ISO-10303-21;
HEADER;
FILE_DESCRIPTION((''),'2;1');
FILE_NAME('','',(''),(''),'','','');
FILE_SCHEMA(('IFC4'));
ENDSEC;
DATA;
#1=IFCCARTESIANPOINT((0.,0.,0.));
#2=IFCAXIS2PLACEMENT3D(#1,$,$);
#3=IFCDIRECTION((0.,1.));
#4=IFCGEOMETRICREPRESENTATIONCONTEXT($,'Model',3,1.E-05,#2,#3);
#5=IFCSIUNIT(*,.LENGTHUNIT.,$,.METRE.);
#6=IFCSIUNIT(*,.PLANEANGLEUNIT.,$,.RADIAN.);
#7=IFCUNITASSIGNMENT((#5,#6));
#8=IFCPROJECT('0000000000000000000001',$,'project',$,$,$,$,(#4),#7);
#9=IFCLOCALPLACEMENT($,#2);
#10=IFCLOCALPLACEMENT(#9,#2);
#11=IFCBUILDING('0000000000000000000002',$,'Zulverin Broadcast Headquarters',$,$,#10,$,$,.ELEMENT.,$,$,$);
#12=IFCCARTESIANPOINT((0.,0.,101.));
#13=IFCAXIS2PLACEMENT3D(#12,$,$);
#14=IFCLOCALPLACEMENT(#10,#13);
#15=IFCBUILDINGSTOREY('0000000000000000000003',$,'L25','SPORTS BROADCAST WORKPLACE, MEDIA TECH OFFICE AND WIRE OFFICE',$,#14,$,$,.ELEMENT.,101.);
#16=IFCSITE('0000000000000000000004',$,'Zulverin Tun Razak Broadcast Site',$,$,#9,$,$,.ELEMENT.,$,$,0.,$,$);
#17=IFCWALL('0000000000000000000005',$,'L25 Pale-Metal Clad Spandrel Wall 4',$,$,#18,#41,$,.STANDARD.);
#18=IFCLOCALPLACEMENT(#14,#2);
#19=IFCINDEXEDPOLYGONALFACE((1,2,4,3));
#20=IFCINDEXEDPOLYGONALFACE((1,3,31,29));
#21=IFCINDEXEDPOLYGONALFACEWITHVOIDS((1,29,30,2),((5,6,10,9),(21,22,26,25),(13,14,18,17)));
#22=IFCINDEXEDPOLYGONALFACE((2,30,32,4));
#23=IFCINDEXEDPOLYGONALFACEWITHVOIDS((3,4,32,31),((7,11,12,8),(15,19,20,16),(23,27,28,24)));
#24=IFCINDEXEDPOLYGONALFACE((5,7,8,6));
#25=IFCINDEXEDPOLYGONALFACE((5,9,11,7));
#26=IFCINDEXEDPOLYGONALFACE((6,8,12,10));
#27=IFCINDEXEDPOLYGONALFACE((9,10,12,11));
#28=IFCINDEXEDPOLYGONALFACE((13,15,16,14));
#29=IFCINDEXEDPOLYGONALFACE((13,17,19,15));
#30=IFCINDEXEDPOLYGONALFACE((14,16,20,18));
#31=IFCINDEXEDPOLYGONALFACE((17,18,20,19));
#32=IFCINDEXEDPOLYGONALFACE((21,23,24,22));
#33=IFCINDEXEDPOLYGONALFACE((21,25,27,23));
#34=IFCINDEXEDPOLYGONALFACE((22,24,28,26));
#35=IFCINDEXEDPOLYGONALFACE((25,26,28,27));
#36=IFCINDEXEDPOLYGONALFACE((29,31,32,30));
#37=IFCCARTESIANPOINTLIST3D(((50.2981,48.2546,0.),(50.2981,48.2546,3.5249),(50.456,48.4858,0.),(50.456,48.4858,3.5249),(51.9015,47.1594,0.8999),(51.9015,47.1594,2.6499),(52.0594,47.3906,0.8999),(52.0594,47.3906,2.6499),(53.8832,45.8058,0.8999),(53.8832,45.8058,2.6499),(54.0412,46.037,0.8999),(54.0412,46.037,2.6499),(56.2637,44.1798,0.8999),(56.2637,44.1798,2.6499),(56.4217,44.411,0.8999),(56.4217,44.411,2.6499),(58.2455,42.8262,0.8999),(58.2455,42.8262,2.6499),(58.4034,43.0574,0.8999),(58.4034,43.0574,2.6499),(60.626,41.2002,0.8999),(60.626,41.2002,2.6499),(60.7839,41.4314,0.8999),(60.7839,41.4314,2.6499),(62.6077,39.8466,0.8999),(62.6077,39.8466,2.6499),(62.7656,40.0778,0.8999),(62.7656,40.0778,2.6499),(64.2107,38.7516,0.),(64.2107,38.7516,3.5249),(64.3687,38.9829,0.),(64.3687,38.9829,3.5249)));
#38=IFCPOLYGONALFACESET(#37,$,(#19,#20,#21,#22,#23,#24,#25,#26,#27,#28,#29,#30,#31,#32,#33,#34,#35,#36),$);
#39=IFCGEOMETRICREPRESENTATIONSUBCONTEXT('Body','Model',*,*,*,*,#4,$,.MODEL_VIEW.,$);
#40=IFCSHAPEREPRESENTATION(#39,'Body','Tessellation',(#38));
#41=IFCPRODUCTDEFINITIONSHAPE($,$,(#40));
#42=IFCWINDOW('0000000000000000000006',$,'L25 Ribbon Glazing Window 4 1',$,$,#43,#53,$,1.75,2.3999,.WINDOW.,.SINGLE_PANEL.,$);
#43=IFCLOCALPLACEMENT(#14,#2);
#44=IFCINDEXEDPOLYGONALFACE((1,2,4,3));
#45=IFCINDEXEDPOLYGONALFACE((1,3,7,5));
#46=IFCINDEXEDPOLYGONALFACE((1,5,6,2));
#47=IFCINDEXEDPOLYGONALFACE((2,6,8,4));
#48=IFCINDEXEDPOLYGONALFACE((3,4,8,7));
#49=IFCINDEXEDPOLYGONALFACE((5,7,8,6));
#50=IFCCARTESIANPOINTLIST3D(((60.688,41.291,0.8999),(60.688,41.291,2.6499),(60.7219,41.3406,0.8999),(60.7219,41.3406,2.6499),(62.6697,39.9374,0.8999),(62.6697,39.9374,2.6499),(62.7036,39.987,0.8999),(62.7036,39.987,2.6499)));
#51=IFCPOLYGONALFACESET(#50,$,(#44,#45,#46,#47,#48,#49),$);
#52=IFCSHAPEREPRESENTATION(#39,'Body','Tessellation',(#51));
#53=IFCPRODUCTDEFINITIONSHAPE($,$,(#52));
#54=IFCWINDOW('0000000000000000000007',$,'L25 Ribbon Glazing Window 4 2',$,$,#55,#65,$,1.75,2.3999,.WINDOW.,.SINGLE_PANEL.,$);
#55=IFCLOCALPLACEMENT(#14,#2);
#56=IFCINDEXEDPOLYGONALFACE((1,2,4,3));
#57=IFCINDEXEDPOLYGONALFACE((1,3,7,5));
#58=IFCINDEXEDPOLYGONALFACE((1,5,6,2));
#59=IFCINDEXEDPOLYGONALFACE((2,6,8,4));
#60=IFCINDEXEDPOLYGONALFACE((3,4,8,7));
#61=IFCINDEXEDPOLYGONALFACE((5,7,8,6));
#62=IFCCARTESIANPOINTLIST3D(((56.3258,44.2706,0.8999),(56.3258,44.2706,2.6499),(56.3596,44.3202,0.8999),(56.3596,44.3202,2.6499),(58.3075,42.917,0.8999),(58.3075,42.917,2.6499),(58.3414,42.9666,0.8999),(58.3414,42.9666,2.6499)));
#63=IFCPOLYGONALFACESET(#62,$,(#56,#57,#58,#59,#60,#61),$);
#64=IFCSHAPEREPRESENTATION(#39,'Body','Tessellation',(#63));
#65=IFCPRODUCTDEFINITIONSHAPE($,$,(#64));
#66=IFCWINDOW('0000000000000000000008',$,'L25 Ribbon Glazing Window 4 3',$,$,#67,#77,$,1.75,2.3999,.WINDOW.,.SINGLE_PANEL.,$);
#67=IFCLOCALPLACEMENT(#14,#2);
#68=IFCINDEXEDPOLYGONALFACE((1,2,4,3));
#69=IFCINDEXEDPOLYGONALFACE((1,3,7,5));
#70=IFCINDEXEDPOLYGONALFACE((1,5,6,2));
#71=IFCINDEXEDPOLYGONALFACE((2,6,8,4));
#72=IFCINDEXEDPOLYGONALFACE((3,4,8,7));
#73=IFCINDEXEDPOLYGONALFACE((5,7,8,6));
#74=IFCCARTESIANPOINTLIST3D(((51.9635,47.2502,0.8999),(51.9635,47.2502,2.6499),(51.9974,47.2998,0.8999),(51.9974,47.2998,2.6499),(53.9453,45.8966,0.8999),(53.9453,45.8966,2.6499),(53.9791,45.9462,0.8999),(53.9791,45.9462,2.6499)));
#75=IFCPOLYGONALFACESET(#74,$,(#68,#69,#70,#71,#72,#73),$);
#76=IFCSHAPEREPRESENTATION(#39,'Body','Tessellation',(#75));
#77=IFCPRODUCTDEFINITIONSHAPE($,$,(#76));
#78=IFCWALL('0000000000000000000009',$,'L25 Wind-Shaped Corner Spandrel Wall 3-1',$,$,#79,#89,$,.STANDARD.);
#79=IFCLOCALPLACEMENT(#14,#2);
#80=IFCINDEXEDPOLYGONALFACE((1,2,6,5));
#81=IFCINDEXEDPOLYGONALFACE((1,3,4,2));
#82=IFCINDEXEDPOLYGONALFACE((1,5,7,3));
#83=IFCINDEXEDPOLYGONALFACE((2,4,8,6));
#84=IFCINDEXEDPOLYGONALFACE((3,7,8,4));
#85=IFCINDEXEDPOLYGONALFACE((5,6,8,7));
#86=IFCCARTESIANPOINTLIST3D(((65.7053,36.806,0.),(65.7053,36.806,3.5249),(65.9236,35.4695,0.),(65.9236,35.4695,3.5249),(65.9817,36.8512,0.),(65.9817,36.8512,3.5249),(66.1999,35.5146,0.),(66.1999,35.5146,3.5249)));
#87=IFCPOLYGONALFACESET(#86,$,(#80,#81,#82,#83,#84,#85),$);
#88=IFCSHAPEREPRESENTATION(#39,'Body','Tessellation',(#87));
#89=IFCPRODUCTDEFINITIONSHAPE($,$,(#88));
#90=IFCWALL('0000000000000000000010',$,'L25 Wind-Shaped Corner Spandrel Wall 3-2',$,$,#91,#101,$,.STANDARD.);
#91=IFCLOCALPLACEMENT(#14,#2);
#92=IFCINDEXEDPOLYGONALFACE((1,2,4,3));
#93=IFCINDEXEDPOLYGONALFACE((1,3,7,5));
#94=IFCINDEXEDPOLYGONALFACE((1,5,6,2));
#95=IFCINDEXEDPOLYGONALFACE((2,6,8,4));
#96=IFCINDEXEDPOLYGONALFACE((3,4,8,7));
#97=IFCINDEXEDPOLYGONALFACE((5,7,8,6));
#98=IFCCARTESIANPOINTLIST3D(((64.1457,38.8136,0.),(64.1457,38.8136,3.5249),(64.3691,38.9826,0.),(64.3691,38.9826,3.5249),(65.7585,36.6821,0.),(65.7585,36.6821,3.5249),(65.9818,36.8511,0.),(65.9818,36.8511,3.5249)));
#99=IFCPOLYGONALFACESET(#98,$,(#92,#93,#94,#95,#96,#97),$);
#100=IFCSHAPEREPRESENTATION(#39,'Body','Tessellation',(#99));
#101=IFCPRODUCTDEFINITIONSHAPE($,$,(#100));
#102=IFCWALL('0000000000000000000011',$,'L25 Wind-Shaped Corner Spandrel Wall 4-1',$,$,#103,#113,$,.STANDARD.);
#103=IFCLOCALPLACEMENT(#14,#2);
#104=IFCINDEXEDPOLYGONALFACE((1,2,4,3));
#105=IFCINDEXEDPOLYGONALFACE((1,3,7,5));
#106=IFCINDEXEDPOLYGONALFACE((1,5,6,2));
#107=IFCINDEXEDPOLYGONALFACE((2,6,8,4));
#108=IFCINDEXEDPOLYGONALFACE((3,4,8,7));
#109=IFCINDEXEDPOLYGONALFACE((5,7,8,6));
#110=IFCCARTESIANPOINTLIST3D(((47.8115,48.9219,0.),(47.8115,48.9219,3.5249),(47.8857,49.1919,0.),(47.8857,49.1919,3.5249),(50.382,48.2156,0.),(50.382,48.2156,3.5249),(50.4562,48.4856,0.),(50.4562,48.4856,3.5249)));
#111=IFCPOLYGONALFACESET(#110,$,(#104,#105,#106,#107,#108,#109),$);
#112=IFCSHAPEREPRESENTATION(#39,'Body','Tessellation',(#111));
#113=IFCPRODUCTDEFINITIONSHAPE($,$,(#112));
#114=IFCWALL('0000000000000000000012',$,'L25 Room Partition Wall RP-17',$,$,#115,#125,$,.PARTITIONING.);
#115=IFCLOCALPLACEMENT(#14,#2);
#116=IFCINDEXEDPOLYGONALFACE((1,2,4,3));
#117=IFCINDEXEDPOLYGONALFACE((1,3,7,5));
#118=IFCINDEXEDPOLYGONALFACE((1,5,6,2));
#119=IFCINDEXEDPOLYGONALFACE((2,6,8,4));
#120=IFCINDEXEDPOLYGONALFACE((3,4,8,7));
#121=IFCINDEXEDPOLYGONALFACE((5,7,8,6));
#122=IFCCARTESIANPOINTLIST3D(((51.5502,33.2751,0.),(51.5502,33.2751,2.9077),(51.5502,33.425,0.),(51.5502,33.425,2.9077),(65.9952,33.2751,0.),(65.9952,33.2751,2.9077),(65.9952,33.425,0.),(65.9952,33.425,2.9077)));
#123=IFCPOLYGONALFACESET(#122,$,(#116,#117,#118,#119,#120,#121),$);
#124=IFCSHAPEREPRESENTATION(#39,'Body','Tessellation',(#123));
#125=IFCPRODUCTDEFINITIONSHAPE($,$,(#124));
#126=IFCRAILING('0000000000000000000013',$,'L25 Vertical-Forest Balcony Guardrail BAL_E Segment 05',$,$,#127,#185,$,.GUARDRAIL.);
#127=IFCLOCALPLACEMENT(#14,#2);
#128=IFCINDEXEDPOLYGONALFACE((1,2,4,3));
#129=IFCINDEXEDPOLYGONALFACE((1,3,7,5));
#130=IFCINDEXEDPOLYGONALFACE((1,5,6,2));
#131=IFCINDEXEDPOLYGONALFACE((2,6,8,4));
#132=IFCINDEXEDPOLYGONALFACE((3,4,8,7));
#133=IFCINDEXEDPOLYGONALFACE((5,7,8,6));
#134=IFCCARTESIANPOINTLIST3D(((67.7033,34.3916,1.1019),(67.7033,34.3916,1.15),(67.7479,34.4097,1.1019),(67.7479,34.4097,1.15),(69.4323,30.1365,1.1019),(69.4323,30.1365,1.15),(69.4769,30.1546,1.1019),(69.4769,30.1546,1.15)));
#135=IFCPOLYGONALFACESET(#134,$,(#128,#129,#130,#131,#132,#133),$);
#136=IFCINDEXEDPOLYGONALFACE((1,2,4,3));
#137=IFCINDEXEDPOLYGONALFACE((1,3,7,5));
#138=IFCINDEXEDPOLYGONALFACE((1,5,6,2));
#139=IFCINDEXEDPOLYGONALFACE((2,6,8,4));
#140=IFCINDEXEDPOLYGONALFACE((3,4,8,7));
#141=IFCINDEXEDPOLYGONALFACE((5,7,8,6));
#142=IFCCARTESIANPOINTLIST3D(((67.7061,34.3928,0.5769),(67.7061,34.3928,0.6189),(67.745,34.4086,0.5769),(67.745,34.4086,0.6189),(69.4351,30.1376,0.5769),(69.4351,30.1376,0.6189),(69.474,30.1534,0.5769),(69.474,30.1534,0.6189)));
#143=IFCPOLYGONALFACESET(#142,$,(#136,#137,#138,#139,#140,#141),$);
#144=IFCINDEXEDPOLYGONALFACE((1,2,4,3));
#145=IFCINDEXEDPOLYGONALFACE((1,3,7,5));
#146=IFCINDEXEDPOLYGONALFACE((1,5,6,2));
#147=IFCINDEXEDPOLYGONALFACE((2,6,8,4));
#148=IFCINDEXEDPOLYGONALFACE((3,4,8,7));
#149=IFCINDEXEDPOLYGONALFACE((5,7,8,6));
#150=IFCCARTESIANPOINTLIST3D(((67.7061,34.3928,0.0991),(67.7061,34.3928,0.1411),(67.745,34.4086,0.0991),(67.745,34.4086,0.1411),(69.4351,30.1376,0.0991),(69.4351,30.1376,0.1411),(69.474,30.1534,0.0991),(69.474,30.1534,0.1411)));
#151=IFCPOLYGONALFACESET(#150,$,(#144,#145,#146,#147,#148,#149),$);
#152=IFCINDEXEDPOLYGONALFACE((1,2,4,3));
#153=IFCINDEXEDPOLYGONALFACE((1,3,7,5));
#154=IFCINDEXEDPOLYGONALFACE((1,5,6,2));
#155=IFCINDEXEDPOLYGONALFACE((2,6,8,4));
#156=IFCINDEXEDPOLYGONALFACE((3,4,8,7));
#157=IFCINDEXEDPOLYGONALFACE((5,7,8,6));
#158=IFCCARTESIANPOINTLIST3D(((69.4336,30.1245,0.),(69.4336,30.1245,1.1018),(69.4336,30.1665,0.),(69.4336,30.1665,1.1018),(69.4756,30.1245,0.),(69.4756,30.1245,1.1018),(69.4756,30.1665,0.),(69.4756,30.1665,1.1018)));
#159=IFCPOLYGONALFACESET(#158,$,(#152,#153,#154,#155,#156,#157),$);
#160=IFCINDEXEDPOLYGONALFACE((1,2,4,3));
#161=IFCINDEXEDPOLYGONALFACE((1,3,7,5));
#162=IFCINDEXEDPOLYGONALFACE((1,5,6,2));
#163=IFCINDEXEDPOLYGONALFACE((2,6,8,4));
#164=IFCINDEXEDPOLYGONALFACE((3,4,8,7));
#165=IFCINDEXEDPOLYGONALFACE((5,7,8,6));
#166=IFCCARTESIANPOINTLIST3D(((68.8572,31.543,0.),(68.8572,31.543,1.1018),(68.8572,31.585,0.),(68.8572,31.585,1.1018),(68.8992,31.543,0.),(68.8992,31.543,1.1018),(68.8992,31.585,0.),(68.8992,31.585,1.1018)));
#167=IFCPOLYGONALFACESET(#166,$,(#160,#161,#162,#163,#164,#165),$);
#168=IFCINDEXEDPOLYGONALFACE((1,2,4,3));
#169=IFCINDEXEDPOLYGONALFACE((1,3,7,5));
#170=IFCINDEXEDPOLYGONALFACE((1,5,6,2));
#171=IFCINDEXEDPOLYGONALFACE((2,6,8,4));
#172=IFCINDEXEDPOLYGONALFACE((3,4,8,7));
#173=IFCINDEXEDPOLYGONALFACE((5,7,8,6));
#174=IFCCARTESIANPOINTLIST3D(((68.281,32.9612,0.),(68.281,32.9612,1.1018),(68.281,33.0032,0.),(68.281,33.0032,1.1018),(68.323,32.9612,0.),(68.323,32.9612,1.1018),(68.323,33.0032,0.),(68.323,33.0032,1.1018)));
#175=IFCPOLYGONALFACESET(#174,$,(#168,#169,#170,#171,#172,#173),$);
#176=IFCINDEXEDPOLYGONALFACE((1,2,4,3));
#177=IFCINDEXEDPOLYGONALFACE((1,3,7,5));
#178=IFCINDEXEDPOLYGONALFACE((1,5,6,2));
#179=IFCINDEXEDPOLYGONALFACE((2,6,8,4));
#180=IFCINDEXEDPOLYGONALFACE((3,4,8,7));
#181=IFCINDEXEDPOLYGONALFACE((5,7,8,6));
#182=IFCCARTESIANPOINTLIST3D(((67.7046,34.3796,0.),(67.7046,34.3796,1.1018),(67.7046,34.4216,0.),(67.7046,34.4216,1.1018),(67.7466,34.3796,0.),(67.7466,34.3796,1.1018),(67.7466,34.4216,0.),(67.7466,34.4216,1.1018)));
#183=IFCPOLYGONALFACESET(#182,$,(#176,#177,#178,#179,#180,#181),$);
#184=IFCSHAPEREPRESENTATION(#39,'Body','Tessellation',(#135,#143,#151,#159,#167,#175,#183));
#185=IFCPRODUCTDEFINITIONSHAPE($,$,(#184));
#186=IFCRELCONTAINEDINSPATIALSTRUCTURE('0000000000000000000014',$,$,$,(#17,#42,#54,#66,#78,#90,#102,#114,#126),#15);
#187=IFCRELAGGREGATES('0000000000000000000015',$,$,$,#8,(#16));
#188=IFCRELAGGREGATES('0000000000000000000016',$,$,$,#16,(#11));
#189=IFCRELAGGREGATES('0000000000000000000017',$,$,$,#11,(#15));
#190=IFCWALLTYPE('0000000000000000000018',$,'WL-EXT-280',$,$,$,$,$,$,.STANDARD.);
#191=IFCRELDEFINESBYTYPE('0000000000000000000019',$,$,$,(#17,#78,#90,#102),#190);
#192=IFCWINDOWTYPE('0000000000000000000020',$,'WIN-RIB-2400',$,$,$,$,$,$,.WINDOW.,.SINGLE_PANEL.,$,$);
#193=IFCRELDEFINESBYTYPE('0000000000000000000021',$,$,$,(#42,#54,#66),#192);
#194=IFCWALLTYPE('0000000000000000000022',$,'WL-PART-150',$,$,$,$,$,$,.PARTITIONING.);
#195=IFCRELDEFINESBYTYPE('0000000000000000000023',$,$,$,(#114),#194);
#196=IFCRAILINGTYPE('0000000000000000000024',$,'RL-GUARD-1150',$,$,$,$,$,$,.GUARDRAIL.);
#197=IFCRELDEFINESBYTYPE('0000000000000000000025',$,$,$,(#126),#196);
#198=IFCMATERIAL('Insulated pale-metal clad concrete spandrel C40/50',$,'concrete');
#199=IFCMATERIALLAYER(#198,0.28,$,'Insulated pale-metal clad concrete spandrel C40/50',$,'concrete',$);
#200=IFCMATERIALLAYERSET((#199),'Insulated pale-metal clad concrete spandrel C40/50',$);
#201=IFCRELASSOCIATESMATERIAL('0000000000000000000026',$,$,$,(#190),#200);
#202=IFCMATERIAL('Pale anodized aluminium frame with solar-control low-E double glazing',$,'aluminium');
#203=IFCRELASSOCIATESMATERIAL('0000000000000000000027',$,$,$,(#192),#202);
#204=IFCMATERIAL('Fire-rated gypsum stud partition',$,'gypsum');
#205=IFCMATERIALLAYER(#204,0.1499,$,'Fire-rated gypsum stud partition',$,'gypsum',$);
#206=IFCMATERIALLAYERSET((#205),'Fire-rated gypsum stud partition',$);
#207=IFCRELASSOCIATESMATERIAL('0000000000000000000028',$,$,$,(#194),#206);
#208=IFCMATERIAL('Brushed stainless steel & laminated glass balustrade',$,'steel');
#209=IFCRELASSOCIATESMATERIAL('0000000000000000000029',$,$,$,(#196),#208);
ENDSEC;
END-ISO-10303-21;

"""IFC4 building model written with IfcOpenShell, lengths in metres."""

from ifc_helpers import new_model, si_unit, direction, frame, frame_2d, origin, origin_2d, place, context, subcontext, project, spatial, rectangle, extrude, material, layer, layer_set, type_object, element, fill, save


model = new_model("IFC4")

# Units and contexts
model_context = context("Model", 3, precision=1e-05, world=origin(), true_north=direction((0.0, 1.0)))
body_context = subcontext(model_context, "Body", "Model", "MODEL_VIEW")
ifc_project = project(units=[si_unit("LENGTHUNIT", "METRE"), si_unit("PLANEANGLEUNIT", "RADIAN")], contexts=[model_context])

# Site, building, storey
site_placement = place(None, origin())
site = spatial("IfcSite", under=ifc_project, at=site_placement, Name="Zulverin Tun Razak Broadcast Site", CompositionType="ELEMENT", RefElevation=0.0)
building_placement = place(site_placement, origin())
building = spatial("IfcBuilding", under=site, at=building_placement, Name="Zulverin Broadcast Headquarters", CompositionType="ELEMENT")
storey_placement = place(building_placement, frame((0.0, 0.0, 101.0)))
storey = spatial("IfcBuildingStorey", under=building, at=storey_placement, Name="L25", Description="SPORTS BROADCAST WORKPLACE, MEDIA TECH OFFICE AND WIRE OFFICE", CompositionType="ELEMENT", Elevation=101.0)

# Wall, openings, windows
ifc_material_1 = material(Name="Insulated pale-metal clad concrete spandrel C40/50", Category="concrete")
ifc_layer_1 = layer(ifc_material_1, 0.28, Name="Insulated pale-metal clad concrete spandrel C40/50", Category="concrete")
ifc_layer_set_1 = layer_set([ifc_layer_1], Name="Insulated pale-metal clad concrete spandrel C40/50")
wall_type_1 = type_object("IfcWallType", Name="WL-EXT-280", PredefinedType="STANDARD", material=ifc_layer_set_1)
wall_1_placement = place(storey_placement, frame((64.2898, 38.8672, 0.0), z_axis=(0.0, 0.0, 1.0), x_axis=(-0.825756, 0.564028, 0.0)))
wall_1 = element("IfcWall", 1, at=wall_1_placement, inside=storey, type_object=wall_type_1, Name="L25 Pale-Metal Clad Spandrel Wall 4", PredefinedType="STANDARD", context=body_context, shape_type="SweptSolid", body=[
    extrude(rectangle(XDim=16.8484, YDim=0.28, at=frame_2d((8.4243, 0.0))), origin(), (0.0, 0.0, 1.0), 3.5249),
])
opening_1_placement = place(wall_1_placement, frame((1.9414, 0.0, 0.8999)))
opening_1 = element("IfcOpeningElement", 2, at=opening_1_placement, cuts=wall_1, PredefinedType="OPENING", context=body_context, shape_type="SweptSolid", body=[
    extrude(rectangle(XDim=2.3999, YDim=1.75, at=frame_2d((1.2, 0.875))), frame((0.0, 0.1499, 0.0), z_axis=(0.0, -1.0, 0.0), x_axis=(1.0, 0.0, 0.0)), (0.0, 0.0, 1.0), 0.3),
])
opening_2_placement = place(wall_1_placement, frame((7.2241, 0.0, 0.8999)))
opening_2 = element("IfcOpeningElement", 3, at=opening_2_placement, cuts=wall_1, PredefinedType="OPENING", context=body_context, shape_type="SweptSolid", body=[
    extrude(rectangle(XDim=2.3999, YDim=1.75, at=frame_2d((1.2, 0.875))), frame((0.0, 0.1499, 0.0), z_axis=(0.0, -1.0, 0.0), x_axis=(1.0, 0.0, 0.0)), (0.0, 0.0, 1.0), 0.3),
])
opening_3_placement = place(wall_1_placement, frame((12.5068, 0.0, 0.8999)))
opening_3 = element("IfcOpeningElement", 4, at=opening_3_placement, cuts=wall_1, PredefinedType="OPENING", context=body_context, shape_type="SweptSolid", body=[
    extrude(rectangle(XDim=2.3999, YDim=1.75, at=frame_2d((1.2, 0.875))), frame((0.0, 0.1499, 0.0), z_axis=(0.0, -1.0, 0.0), x_axis=(1.0, 0.0, 0.0)), (0.0, 0.0, 1.0), 0.3),
])
ifc_material_2 = material(Name="Pale anodized aluminium frame with solar-control low-E double glazing", Category="aluminium")
window_type = type_object("IfcWindowType", Name="WIN-RIB-2400", PartitioningType="SINGLE_PANEL", PredefinedType="WINDOW", material=ifc_material_2)
window_1_placement = place(opening_1_placement, origin())
window_1 = element("IfcWindow", 5, at=window_1_placement, inside=storey, type_object=window_type, Name="L25 Ribbon Glazing Window 4 1", OverallHeight=1.75, OverallWidth=2.3999, PartitioningType="SINGLE_PANEL", PredefinedType="WINDOW", context=body_context, shape_type="SweptSolid", body=[
    extrude(rectangle(XDim=2.3999, YDim=1.75, at=frame_2d((1.2, 0.875))), frame((0.0, 0.03, 0.0), z_axis=(0.0, -1.0, 0.0), x_axis=(1.0, 0.0, 0.0)), (0.0, 0.0, 1.0), 0.0601),
])
fill(opening_1, window_1)
window_2_placement = place(opening_2_placement, origin())
window_2 = element("IfcWindow", 6, at=window_2_placement, inside=storey, type_object=window_type, Name="L25 Ribbon Glazing Window 4 2", OverallHeight=1.75, OverallWidth=2.3999, PartitioningType="SINGLE_PANEL", PredefinedType="WINDOW", context=body_context, shape_type="SweptSolid", body=[
    extrude(rectangle(XDim=2.3999, YDim=1.75, at=frame_2d((1.2, 0.875))), frame((0.0, 0.03, 0.0), z_axis=(0.0, -1.0, 0.0), x_axis=(1.0, 0.0, 0.0)), (0.0, 0.0, 1.0), 0.0601),
])
fill(opening_2, window_2)
window_3_placement = place(opening_3_placement, origin())
window_3 = element("IfcWindow", 7, at=window_3_placement, inside=storey, type_object=window_type, Name="L25 Ribbon Glazing Window 4 3", OverallHeight=1.75, OverallWidth=2.3999, PartitioningType="SINGLE_PANEL", PredefinedType="WINDOW", context=body_context, shape_type="SweptSolid", body=[
    extrude(rectangle(XDim=2.3999, YDim=1.75, at=frame_2d((1.2, 0.875))), frame((0.0, 0.03, 0.0), z_axis=(0.0, -1.0, 0.0), x_axis=(1.0, 0.0, 0.0)), (0.0, 0.0, 1.0), 0.0601),
])
fill(opening_3, window_3)

# Walls
wall_2_placement = place(storey_placement, frame((66.0618, 35.4919, 0.0), z_axis=(0.0, 0.0, 1.0), x_axis=(-0.161182, 0.986925, 0.0)))
element("IfcWall", 8, at=wall_2_placement, inside=storey, type_object=wall_type_1, Name="L25 Wind-Shaped Corner Spandrel Wall 3-1", PredefinedType="STANDARD", context=body_context, shape_type="SweptSolid", body=[
    extrude(rectangle(XDim=1.3542, YDim=0.28, at=frame_2d((0.6772, 0.0))), origin(), (0.0, 0.0, 1.0), 3.5249),
])
wall_3_placement = place(storey_placement, frame((65.8701, 36.7666, 0.0), z_axis=(0.0, 0.0, 1.0), x_axis=(-0.60337, 0.797461, 0.0)))
element("IfcWall", 9, at=wall_3_placement, inside=storey, type_object=wall_type_1, Name="L25 Wind-Shaped Corner Spandrel Wall 3-2", PredefinedType="STANDARD", context=body_context, shape_type="SweptSolid", body=[
    extrude(rectangle(XDim=2.6729, YDim=0.28, at=frame_2d((1.3364, 0.0))), origin(), (0.0, 0.0, 1.0), 3.5249),
])
wall_4_placement = place(storey_placement, frame((50.4192, 48.3506, 0.0), z_axis=(0.0, 0.0, 1.0), x_axis=(-0.964263, 0.264946, 0.0)))
element("IfcWall", 10, at=wall_4_placement, inside=storey, type_object=wall_type_1, Name="L25 Wind-Shaped Corner Spandrel Wall 4-1", PredefinedType="STANDARD", context=body_context, shape_type="SweptSolid", body=[
    extrude(rectangle(XDim=2.6658, YDim=0.28, at=frame_2d((1.333, 0.0))), origin(), (0.0, 0.0, 1.0), 3.5249),
])
ifc_material_3 = material(Name="Fire-rated gypsum stud partition", Category="gypsum")
ifc_layer_2 = layer(ifc_material_3, 0.1499, Name="Fire-rated gypsum stud partition", Category="gypsum")
ifc_layer_set_2 = layer_set([ifc_layer_2], Name="Fire-rated gypsum stud partition")
wall_type_2 = type_object("IfcWallType", Name="WL-PART-150", PredefinedType="PARTITIONING", material=ifc_layer_set_2)
wall_5_placement = place(storey_placement, frame((51.55, 33.3501, 0.0), z_axis=(0.0, 0.0, 1.0), x_axis=(1.0, 0.0, 0.0)))
element("IfcWall", 11, at=wall_5_placement, inside=storey, type_object=wall_type_2, Name="L25 Room Partition Wall RP-17", PredefinedType="PARTITIONING", context=body_context, shape_type="SweptSolid", body=[
    extrude(rectangle(XDim=14.4451, YDim=0.1499, at=frame_2d((7.2227, 0.0))), origin(), (0.0, 0.0, 1.0), 2.9077),
])

# Railing
ifc_material_4 = material(Name="Brushed stainless steel & laminated glass balustrade", Category="steel")
railing_type = type_object("IfcRailingType", Name="RL-GUARD-1150", PredefinedType="GUARDRAIL", material=ifc_material_4)
railing_1_placement = place(storey_placement, frame((69.4546, 30.1455, 0.0)))
element("IfcRailing", 12, at=railing_1_placement, inside=storey, type_object=railing_type, Name="L25 Vertical-Forest Balcony Guardrail BAL_E Segment 05", PredefinedType="GUARDRAIL", context=body_context, shape_type="SweptSolid", body=[
    extrude(rectangle(XDim=0.0481, YDim=0.0481, at=origin_2d()), frame((0.0, 0.0, 1.126), z_axis=(-0.376444, 0.926439, 0.0), x_axis=(-0.926439, -0.376444, 0.0)), (0.0, 0.0, 1.0), 4.593),
    extrude(rectangle(XDim=0.042, YDim=0.042, at=origin_2d()), frame((0.0, 0.0, 0.5979), z_axis=(-0.376444, 0.926439, 0.0), x_axis=(-0.926439, -0.376444, 0.0)), (0.0, 0.0, 1.0), 4.593),
    extrude(rectangle(XDim=0.042, YDim=0.042, at=origin_2d()), frame((0.0, 0.0, 0.1201), z_axis=(-0.376444, 0.926439, 0.0), x_axis=(-0.926439, -0.376444, 0.0)), (0.0, 0.0, 1.0), 4.593),
    extrude(rectangle(XDim=0.042, YDim=0.042, at=origin_2d()), origin(), (0.0, 0.0, 1.0), 1.1018),
    extrude(rectangle(XDim=0.042, YDim=0.042, at=origin_2d()), frame((-0.5764, 1.4185, 0.0)), (0.0, 0.0, 1.0), 1.1018),
    extrude(rectangle(XDim=0.042, YDim=0.042, at=origin_2d()), frame((-1.1526, 2.8367, 0.0)), (0.0, 0.0, 1.0), 1.1018),
    extrude(rectangle(XDim=0.042, YDim=0.042, at=origin_2d()), frame((-1.729, 4.2551, 0.0)), (0.0, 0.0, 1.0), 1.1018),
])

save(model, "model.ifc")
